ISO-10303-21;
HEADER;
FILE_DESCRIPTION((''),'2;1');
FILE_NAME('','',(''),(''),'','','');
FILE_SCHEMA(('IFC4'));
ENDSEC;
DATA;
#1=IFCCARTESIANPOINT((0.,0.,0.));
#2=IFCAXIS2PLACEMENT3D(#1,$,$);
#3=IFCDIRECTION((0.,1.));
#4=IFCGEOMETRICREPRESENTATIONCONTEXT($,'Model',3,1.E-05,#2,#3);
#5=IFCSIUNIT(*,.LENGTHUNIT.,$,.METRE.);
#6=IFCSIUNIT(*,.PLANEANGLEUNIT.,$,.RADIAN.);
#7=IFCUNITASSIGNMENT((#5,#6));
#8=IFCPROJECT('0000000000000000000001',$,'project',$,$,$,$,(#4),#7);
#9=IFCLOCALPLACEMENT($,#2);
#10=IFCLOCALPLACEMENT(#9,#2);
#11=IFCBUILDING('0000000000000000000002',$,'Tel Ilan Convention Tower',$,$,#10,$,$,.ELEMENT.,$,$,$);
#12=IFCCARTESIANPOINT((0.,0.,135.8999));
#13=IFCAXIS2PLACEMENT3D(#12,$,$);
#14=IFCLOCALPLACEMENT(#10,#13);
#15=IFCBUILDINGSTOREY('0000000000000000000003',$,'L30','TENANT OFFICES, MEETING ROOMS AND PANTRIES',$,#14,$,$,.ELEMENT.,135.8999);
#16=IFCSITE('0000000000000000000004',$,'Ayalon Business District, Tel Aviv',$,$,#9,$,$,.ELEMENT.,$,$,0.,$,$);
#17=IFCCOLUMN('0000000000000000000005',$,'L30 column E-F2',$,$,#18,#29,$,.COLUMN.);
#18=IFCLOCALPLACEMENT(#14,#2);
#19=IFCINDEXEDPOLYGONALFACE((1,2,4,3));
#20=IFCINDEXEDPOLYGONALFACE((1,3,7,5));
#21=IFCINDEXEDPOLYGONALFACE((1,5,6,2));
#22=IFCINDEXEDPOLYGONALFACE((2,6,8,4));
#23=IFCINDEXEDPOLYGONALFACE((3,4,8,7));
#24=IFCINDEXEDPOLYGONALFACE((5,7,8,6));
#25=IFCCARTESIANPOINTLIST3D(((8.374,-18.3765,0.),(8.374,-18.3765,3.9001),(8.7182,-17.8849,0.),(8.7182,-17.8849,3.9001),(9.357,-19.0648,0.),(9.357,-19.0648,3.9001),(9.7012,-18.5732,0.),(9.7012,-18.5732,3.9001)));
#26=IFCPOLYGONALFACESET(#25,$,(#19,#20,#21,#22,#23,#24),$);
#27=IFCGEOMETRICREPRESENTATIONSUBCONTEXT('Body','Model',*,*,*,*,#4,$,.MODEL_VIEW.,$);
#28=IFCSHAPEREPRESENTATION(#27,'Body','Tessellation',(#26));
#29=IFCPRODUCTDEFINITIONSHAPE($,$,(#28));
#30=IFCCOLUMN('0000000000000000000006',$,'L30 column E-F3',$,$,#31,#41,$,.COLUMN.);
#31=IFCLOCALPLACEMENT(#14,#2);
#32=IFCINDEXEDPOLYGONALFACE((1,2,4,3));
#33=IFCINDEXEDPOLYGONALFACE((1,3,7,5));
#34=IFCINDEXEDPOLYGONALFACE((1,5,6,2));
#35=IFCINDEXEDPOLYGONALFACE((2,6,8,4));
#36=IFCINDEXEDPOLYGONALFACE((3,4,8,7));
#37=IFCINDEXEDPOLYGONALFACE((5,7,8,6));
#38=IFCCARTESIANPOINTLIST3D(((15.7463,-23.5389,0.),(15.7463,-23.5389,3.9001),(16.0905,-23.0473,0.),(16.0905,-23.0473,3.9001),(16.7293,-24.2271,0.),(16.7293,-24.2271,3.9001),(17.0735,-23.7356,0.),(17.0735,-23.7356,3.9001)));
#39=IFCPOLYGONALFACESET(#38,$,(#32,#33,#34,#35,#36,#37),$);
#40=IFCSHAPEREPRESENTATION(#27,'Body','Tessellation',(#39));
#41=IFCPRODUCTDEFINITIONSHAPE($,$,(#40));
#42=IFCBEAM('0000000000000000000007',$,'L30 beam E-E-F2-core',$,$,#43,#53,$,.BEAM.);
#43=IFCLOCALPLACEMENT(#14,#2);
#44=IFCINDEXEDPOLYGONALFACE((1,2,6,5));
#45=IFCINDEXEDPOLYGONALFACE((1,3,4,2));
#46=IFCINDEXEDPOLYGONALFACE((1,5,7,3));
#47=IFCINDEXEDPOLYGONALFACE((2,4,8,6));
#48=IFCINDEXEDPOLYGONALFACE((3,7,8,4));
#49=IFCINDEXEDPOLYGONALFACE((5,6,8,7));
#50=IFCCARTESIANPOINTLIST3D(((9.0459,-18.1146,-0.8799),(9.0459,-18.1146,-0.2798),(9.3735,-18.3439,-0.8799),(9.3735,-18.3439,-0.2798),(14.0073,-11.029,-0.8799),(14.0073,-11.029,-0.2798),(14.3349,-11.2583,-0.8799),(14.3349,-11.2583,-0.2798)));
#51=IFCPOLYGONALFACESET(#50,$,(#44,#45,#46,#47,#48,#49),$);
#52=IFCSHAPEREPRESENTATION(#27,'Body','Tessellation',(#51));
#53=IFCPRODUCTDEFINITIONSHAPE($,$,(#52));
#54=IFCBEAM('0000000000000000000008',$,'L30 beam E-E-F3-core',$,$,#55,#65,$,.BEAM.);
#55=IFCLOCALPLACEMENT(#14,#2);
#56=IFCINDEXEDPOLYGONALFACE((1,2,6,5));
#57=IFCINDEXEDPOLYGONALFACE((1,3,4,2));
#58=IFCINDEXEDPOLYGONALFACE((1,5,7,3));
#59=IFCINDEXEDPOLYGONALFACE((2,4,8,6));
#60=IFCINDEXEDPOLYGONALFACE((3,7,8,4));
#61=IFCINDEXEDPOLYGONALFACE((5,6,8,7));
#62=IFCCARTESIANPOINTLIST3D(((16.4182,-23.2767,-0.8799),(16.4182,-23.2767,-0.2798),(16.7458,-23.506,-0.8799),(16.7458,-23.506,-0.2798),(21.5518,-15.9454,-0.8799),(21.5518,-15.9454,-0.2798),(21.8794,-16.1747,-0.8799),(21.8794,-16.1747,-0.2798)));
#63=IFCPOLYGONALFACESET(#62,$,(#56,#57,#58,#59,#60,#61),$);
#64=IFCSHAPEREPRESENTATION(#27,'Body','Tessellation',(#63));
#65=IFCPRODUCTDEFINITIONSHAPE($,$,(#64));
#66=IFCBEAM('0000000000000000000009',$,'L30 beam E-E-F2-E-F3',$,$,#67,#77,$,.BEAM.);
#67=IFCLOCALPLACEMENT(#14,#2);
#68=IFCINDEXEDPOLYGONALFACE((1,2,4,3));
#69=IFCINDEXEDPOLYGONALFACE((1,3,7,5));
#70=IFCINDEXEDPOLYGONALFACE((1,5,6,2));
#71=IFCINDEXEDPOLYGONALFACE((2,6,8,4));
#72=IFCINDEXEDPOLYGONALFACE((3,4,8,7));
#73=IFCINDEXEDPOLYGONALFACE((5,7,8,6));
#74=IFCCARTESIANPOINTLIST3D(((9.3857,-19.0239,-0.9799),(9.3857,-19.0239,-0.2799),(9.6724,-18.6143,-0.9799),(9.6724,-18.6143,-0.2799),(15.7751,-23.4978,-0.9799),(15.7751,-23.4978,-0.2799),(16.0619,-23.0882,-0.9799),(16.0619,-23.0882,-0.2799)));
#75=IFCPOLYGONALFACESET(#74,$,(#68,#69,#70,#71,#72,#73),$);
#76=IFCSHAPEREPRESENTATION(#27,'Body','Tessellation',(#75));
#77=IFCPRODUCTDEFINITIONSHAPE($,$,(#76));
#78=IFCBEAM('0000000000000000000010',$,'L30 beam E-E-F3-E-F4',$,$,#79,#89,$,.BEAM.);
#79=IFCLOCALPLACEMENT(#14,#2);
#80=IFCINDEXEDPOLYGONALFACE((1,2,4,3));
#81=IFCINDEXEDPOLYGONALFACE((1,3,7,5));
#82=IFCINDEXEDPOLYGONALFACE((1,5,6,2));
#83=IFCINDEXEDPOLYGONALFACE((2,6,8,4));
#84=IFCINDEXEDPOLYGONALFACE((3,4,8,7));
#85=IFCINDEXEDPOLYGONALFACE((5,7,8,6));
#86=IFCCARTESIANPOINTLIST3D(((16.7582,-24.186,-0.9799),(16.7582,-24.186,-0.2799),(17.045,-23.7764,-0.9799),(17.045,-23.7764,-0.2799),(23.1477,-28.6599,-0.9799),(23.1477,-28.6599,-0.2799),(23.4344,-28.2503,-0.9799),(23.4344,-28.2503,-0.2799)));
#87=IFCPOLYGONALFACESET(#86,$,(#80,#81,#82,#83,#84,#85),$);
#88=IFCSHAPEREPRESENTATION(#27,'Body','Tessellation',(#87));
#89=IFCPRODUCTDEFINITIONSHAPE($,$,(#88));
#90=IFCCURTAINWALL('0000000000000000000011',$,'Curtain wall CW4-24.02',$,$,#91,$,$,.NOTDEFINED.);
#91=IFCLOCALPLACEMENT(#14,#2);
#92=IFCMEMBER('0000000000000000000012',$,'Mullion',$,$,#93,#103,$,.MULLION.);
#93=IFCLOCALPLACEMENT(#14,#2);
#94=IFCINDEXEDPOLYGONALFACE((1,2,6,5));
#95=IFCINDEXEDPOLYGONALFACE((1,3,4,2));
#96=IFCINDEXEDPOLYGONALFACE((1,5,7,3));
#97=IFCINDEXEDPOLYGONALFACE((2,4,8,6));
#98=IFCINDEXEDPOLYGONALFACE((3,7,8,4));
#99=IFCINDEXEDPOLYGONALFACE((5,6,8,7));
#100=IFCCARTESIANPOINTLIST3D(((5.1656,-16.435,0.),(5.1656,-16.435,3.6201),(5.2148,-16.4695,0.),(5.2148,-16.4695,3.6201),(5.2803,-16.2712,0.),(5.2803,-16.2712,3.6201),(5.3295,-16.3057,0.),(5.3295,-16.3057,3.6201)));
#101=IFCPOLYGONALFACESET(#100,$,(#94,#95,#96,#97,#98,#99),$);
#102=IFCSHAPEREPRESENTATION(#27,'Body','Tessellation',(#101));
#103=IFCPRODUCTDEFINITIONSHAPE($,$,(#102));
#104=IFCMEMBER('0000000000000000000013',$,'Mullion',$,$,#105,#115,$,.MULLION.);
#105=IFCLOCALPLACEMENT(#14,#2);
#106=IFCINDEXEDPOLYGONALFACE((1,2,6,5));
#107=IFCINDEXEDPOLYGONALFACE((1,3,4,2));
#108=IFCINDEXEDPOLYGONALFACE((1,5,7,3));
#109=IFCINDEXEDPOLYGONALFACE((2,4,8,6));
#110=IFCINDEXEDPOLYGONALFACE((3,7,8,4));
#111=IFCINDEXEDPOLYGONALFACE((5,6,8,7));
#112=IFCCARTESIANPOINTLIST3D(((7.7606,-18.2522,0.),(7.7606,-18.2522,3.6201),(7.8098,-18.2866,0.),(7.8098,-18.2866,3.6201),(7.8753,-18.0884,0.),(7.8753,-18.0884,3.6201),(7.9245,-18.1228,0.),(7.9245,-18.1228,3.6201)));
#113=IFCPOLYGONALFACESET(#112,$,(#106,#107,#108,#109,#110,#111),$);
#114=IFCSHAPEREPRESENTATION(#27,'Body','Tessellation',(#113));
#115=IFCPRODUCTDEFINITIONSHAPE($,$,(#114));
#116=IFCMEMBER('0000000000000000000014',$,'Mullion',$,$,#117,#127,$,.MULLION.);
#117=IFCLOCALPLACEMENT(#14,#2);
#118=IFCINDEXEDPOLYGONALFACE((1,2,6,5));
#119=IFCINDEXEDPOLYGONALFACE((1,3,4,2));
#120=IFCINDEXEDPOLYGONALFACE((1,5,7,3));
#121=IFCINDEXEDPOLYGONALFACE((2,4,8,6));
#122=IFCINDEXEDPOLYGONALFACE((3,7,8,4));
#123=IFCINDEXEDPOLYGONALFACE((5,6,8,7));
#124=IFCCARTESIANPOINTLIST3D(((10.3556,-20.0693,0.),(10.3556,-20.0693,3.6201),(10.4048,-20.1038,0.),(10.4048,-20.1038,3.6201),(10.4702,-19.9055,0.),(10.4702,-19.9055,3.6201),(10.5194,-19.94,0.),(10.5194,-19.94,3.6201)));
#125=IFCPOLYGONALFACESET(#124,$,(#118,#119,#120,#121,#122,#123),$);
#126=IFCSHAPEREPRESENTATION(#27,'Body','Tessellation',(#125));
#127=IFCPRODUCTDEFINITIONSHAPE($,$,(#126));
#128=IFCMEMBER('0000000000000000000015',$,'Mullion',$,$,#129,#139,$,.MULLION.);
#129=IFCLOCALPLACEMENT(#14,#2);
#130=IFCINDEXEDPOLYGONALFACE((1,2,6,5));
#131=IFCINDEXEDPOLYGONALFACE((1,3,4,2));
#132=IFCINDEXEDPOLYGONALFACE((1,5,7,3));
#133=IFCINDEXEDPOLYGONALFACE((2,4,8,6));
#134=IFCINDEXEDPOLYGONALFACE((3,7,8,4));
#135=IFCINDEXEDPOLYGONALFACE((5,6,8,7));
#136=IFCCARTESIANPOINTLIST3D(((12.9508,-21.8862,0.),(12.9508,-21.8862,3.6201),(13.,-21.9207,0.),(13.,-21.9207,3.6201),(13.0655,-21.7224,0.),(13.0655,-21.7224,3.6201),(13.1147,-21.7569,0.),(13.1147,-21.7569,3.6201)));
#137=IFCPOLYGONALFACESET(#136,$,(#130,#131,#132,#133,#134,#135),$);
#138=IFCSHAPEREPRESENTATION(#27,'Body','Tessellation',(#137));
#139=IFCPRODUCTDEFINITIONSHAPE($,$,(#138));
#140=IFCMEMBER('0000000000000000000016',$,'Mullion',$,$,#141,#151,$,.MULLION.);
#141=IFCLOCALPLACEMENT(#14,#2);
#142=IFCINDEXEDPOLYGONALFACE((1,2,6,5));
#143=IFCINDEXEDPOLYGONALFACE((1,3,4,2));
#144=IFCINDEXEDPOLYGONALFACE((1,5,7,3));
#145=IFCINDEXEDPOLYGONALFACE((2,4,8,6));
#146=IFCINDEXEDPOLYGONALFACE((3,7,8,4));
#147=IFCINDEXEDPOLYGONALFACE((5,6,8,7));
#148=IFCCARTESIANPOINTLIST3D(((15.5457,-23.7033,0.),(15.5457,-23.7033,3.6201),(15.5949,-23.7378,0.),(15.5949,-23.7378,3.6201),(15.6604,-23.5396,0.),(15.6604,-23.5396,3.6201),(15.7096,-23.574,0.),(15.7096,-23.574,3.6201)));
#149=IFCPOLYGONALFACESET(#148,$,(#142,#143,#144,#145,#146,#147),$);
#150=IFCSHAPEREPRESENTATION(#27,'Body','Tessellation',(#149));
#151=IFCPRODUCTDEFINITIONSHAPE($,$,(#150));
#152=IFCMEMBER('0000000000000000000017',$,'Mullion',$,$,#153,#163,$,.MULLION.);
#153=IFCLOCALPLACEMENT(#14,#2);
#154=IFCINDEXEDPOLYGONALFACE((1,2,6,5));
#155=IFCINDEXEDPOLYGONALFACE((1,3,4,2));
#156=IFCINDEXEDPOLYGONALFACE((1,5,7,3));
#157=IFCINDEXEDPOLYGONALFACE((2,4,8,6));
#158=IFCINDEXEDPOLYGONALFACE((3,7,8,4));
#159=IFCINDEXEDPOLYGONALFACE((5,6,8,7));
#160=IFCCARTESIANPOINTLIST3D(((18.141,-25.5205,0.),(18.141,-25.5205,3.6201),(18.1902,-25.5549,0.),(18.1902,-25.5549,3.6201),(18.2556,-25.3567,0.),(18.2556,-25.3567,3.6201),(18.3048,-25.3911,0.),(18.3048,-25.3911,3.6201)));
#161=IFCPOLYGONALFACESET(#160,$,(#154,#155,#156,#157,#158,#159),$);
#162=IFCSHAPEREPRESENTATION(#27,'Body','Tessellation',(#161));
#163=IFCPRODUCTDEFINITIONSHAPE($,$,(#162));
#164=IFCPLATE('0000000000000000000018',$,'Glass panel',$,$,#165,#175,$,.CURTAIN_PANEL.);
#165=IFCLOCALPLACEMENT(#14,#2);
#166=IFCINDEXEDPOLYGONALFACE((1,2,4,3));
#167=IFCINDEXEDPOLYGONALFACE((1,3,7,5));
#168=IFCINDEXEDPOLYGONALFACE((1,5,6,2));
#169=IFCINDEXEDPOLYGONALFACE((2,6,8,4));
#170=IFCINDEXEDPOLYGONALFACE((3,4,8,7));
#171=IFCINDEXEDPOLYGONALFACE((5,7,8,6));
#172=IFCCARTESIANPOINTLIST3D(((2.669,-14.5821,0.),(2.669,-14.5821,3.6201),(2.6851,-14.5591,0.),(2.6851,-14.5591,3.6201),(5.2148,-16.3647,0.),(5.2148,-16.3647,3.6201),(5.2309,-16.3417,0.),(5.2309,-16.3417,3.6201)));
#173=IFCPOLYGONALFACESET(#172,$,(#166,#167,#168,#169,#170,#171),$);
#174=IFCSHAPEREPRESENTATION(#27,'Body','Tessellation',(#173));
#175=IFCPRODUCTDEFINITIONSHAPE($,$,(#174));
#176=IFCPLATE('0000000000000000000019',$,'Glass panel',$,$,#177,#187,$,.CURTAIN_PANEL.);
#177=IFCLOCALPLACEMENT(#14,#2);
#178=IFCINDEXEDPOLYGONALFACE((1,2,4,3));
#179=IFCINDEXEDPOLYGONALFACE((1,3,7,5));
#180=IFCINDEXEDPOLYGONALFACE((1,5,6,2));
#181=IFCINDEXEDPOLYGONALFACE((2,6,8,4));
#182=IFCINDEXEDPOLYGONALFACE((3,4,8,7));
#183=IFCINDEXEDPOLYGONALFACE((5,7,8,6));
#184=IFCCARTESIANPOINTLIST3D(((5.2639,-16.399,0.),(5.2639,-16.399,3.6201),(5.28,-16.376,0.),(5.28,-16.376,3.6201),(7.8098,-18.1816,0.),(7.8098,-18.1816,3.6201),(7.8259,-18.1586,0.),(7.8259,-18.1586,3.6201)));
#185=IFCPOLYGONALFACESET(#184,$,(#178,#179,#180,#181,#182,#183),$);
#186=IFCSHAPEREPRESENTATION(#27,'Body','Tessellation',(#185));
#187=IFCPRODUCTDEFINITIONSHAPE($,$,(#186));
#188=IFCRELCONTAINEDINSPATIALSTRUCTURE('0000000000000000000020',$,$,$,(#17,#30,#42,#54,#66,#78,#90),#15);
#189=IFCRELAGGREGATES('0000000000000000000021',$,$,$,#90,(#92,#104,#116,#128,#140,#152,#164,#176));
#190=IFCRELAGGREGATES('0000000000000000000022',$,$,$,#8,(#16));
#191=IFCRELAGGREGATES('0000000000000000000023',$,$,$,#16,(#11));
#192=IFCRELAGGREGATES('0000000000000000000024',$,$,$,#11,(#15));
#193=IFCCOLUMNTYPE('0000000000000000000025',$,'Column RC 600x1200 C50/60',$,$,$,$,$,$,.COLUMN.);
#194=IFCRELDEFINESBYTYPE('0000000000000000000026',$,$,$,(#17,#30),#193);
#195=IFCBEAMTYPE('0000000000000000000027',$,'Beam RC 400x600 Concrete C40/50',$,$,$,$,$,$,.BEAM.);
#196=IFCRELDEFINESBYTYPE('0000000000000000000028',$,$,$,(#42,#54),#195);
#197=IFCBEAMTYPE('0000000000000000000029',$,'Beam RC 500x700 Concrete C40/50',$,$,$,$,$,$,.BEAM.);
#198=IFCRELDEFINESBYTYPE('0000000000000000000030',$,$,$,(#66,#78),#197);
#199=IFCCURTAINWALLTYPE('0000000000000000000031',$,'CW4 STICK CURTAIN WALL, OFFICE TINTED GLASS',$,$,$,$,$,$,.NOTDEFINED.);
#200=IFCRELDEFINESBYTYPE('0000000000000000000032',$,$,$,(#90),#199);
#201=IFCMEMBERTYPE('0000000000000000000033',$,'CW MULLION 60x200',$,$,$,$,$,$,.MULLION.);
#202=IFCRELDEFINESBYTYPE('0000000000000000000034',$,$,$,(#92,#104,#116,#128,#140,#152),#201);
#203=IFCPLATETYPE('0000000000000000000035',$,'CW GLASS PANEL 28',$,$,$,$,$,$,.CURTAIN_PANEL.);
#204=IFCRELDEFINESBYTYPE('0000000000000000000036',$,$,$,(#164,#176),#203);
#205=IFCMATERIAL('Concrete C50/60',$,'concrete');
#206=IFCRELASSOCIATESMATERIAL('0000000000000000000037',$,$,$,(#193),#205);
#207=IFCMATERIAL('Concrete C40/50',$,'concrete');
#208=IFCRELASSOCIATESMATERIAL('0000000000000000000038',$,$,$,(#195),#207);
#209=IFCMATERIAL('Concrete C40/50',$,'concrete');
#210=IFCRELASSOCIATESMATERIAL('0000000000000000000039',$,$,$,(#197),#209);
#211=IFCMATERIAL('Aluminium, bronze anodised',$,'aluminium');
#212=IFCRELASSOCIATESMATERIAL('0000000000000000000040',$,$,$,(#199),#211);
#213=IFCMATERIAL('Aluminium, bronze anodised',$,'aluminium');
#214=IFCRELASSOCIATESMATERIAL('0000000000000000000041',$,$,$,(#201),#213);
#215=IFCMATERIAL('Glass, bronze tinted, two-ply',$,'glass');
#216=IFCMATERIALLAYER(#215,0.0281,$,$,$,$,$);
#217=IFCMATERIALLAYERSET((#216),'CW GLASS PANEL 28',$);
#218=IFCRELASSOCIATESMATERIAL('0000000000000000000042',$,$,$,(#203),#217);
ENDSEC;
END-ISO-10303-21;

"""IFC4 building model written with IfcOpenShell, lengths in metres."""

from ifc_helpers import new_model, si_unit, direction, frame, origin, origin_2d, place, context, subcontext, project, spatial, rectangle, extrude, material, layer, layer_set, material_profile, profile_set, type_object, element, aggregate, save


model = new_model("IFC4")

# Units and contexts
model_context = context("Model", 3, precision=1e-05, world=origin(), true_north=direction((0.0, 1.0)))
body_context = subcontext(model_context, "Body", "Model", "MODEL_VIEW")
ifc_project = project(units=[si_unit("LENGTHUNIT", "METRE"), si_unit("PLANEANGLEUNIT", "RADIAN")], contexts=[model_context])

# Site, building, storey
site_placement = place(None, origin())
site = spatial("IfcSite", under=ifc_project, at=site_placement, Name="Ayalon Business District, Tel Aviv", CompositionType="ELEMENT", RefElevation=0.0)
building_placement = place(site_placement, origin())
building = spatial("IfcBuilding", under=site, at=building_placement, Name="Tel Ilan Convention Tower", CompositionType="ELEMENT")
storey_placement = place(building_placement, frame((0.0, 0.0, 135.8999)))
storey = spatial("IfcBuildingStorey", under=building, at=storey_placement, Name="L30", Description="TENANT OFFICES, MEETING ROOMS AND PANTRIES", CompositionType="ELEMENT", Elevation=135.8999)

# Columns
ifc_material_1 = material(Name="Concrete C50/60", Category="concrete")
ifc_material_profile_1 = material_profile(ifc_material_1, rectangle(XDim=1.2, YDim=0.6001, at=origin_2d()), Name="RC 600x1200")
ifc_profile_set_1 = profile_set([ifc_material_profile_1], Name="Concrete C50/60")
column_type = type_object("IfcColumnType", Name="Column RC 600x1200 C50/60", PredefinedType="COLUMN", material=ifc_profile_set_1)
for number, where, z_axis, x_axis, name in (
    (1, (9.0376, -18.4749, 0.0), (0.0, 0.0, 1.0), (0.819152, -0.573576, 0.0), "L30 column E-F2"),
    (2, (16.4099, -23.6372, 0.0), (0.0, 0.0, 1.0), (0.819152, -0.573576, 0.0), "L30 column E-F3"),
):
    element("IfcColumn", number, at=place(storey_placement, frame(where, z_axis=z_axis, x_axis=x_axis)), inside=storey, type_object=column_type, Name=name, PredefinedType="COLUMN", context=body_context, shape_type="SweptSolid", body=[
        extrude(rectangle(XDim=1.2, YDim=0.6001, at=origin_2d()), origin(), (0.0, 0.0, 1.0), 3.9001),
    ])

# Beams
ifc_material_2 = material(Name="Concrete C40/50", Category="concrete")
ifc_material_profile_2 = material_profile(ifc_material_2, rectangle(XDim=0.3999, YDim=0.6001, at=origin_2d()), Name="RC 400x600")
ifc_profile_set_2 = profile_set([ifc_material_profile_2], Name="Concrete C40/50")
beam_type_1 = type_object("IfcBeamType", Name="Beam RC 400x600 Concrete C40/50", PredefinedType="BEAM", material=ifc_profile_set_2)
beam_1_placement = place(storey_placement, frame((9.2097, -18.2292, -0.5798), z_axis=(0.573574, 0.819154, 0.0), x_axis=(-0.819154, 0.573574, 0.0)))
element("IfcBeam", 3, at=beam_1_placement, inside=storey, type_object=beam_type_1, Name="L30 beam E-E-F2-core", PredefinedType="BEAM", context=body_context, shape_type="SweptSolid", body=[
    extrude(rectangle(XDim=0.3999, YDim=0.6001, at=origin_2d()), origin(), (0.0, 0.0, 1.0), 8.6499),
])
beam_2_placement = place(storey_placement, frame((16.582, -23.3914, -0.5798), z_axis=(0.573585, 0.819146, 0.0), x_axis=(-0.819146, 0.573585, 0.0)))
element("IfcBeam", 4, at=beam_2_placement, inside=storey, type_object=beam_type_1, Name="L30 beam E-E-F3-core", PredefinedType="BEAM", context=body_context, shape_type="SweptSolid", body=[
    extrude(rectangle(XDim=0.3999, YDim=0.6001, at=origin_2d()), origin(), (0.0, 0.0, 1.0), 8.95),
])
ifc_material_3 = material(Name="Concrete C40/50", Category="concrete")
ifc_material_profile_3 = material_profile(ifc_material_3, rectangle(XDim=0.5, YDim=0.7, at=origin_2d()), Name="RC 500x700")
ifc_profile_set_3 = profile_set([ifc_material_profile_3], Name="Concrete C40/50")
beam_type_2 = type_object("IfcBeamType", Name="Beam RC 500x700 Concrete C40/50", PredefinedType="BEAM", material=ifc_profile_set_3)
for number, where, z_axis, x_axis, name in (
    (5, (9.5291, -18.8191, -0.6299), (0.819154, -0.573574, 0.0), (0.573574, 0.819154, 0.0), "L30 beam E-E-F2-E-F3"),
    (6, (16.9016, -23.9812, -0.6299), (0.819154, -0.573574, 0.0), (0.573574, 0.819154, 0.0), "L30 beam E-E-F3-E-F4"),
):
    element("IfcBeam", number, at=place(storey_placement, frame(where, z_axis=z_axis, x_axis=x_axis)), inside=storey, type_object=beam_type_2, Name=name, PredefinedType="BEAM", context=body_context, shape_type="SweptSolid", body=[
        extrude(rectangle(XDim=0.5, YDim=0.7, at=origin_2d()), origin(), (0.0, 0.0, 1.0), 7.8),
    ])

# Curtain wall, members, plates
ifc_material_4 = material(Name="Aluminium, bronze anodised", Category="aluminium")
curtain_wall_type = type_object("IfcCurtainWallType", Name="CW4 STICK CURTAIN WALL, OFFICE TINTED GLASS", PredefinedType="NOTDEFINED", material=ifc_material_4)
curtain_wall_placement = place(storey_placement, origin())
curtain_wall = element("IfcCurtainWall", 7, at=curtain_wall_placement, inside=storey, type_object=curtain_wall_type, Name="Curtain wall CW4-24.02", PredefinedType="NOTDEFINED")
ifc_material_5 = material(Name="Aluminium, bronze anodised", Category="aluminium")
ifc_material_profile_4 = material_profile(ifc_material_5, rectangle(XDim=0.0601, YDim=0.2, at=origin_2d()), Name="CW MULLION 60x200")
ifc_profile_set_4 = profile_set([ifc_material_profile_4], Name="Aluminium, bronze anodised")
member_type = type_object("IfcMemberType", Name="CW MULLION 60x200", PredefinedType="MULLION", material=ifc_profile_set_4)
member_1_placement = place(storey_placement, frame((5.2476, -16.3704, 0.0), z_axis=(0.0, 0.0, 1.0), x_axis=(0.819152, -0.573576, 0.0)))
member_1 = element("IfcMember", 8, at=member_1_placement, type_object=member_type, Name="Mullion", PredefinedType="MULLION", context=body_context, shape_type="SweptSolid", body=[
    extrude(rectangle(XDim=0.0601, YDim=0.2, at=origin_2d()), origin(), (0.0, 0.0, 1.0), 3.6201),
])
member_2_placement = place(storey_placement, frame((7.8425, -18.1875, 0.0), z_axis=(0.0, 0.0, 1.0), x_axis=(0.819152, -0.573576, 0.0)))
member_2 = element("IfcMember", 9, at=member_2_placement, type_object=member_type, Name="Mullion", PredefinedType="MULLION", context=body_context, shape_type="SweptSolid", body=[
    extrude(rectangle(XDim=0.0601, YDim=0.2, at=origin_2d()), origin(), (0.0, 0.0, 1.0), 3.6201),
])
member_3_placement = place(storey_placement, frame((10.4375, -20.0046, 0.0), z_axis=(0.0, 0.0, 1.0), x_axis=(0.819152, -0.573576, 0.0)))
member_3 = element("IfcMember", 10, at=member_3_placement, type_object=member_type, Name="Mullion", PredefinedType="MULLION", context=body_context, shape_type="SweptSolid", body=[
    extrude(rectangle(XDim=0.0601, YDim=0.2, at=origin_2d()), origin(), (0.0, 0.0, 1.0), 3.6201),
])
member_4_placement = place(storey_placement, frame((13.0327, -21.8215, 0.0), z_axis=(0.0, 0.0, 1.0), x_axis=(0.819152, -0.573576, 0.0)))
member_4 = element("IfcMember", 11, at=member_4_placement, type_object=member_type, Name="Mullion", PredefinedType="MULLION", context=body_context, shape_type="SweptSolid", body=[
    extrude(rectangle(XDim=0.0601, YDim=0.2, at=origin_2d()), origin(), (0.0, 0.0, 1.0), 3.6201),
])
member_5_placement = place(storey_placement, frame((15.6277, -23.6387, 0.0), z_axis=(0.0, 0.0, 1.0), x_axis=(0.819152, -0.573576, 0.0)))
member_5 = element("IfcMember", 12, at=member_5_placement, type_object=member_type, Name="Mullion", PredefinedType="MULLION", context=body_context, shape_type="SweptSolid", body=[
    extrude(rectangle(XDim=0.0601, YDim=0.2, at=origin_2d()), origin(), (0.0, 0.0, 1.0), 3.6201),
])
member_6_placement = place(storey_placement, frame((18.2229, -25.4558, 0.0), z_axis=(0.0, 0.0, 1.0), x_axis=(0.819152, -0.573576, 0.0)))
member_6 = element("IfcMember", 13, at=member_6_placement, type_object=member_type, Name="Mullion", PredefinedType="MULLION", context=body_context, shape_type="SweptSolid", body=[
    extrude(rectangle(XDim=0.0601, YDim=0.2, at=origin_2d()), origin(), (0.0, 0.0, 1.0), 3.6201),
])
ifc_material_6 = material(Name="Glass, bronze tinted, two-ply", Category="glass")
ifc_layer_1 = layer(ifc_material_6, 0.0281)
ifc_layer_set_1 = layer_set([ifc_layer_1], Name="CW GLASS PANEL 28")
plate_type = type_object("IfcPlateType", Name="CW GLASS PANEL 28", PredefinedType="CURTAIN_PANEL", material=ifc_layer_set_1)
plate_1_placement = place(storey_placement, frame((3.95, -15.4619, 0.0), z_axis=(0.0, 0.0, 1.0), x_axis=(0.819152, -0.573576, 0.0)))
plate_1 = element("IfcPlate", 14, at=plate_1_placement, type_object=plate_type, Name="Glass panel", PredefinedType="CURTAIN_PANEL", context=body_context, shape_type="SweptSolid", body=[
    extrude(rectangle(XDim=3.1079, YDim=0.0281, at=origin_2d()), origin(), (0.0, 0.0, 1.0), 3.6201),
])
plate_2_placement = place(storey_placement, frame((6.5449, -17.2788, 0.0), z_axis=(0.0, 0.0, 1.0), x_axis=(0.819152, -0.573576, 0.0)))
plate_2 = element("IfcPlate", 15, at=plate_2_placement, type_object=plate_type, Name="Glass panel", PredefinedType="CURTAIN_PANEL", context=body_context, shape_type="SweptSolid", body=[
    extrude(rectangle(XDim=3.1079, YDim=0.0281, at=origin_2d()), origin(), (0.0, 0.0, 1.0), 3.6201),
])
aggregate(curtain_wall, [member_1, member_2, member_3, member_4, member_5, member_6, plate_1, plate_2])

save(model, "model.ifc")
